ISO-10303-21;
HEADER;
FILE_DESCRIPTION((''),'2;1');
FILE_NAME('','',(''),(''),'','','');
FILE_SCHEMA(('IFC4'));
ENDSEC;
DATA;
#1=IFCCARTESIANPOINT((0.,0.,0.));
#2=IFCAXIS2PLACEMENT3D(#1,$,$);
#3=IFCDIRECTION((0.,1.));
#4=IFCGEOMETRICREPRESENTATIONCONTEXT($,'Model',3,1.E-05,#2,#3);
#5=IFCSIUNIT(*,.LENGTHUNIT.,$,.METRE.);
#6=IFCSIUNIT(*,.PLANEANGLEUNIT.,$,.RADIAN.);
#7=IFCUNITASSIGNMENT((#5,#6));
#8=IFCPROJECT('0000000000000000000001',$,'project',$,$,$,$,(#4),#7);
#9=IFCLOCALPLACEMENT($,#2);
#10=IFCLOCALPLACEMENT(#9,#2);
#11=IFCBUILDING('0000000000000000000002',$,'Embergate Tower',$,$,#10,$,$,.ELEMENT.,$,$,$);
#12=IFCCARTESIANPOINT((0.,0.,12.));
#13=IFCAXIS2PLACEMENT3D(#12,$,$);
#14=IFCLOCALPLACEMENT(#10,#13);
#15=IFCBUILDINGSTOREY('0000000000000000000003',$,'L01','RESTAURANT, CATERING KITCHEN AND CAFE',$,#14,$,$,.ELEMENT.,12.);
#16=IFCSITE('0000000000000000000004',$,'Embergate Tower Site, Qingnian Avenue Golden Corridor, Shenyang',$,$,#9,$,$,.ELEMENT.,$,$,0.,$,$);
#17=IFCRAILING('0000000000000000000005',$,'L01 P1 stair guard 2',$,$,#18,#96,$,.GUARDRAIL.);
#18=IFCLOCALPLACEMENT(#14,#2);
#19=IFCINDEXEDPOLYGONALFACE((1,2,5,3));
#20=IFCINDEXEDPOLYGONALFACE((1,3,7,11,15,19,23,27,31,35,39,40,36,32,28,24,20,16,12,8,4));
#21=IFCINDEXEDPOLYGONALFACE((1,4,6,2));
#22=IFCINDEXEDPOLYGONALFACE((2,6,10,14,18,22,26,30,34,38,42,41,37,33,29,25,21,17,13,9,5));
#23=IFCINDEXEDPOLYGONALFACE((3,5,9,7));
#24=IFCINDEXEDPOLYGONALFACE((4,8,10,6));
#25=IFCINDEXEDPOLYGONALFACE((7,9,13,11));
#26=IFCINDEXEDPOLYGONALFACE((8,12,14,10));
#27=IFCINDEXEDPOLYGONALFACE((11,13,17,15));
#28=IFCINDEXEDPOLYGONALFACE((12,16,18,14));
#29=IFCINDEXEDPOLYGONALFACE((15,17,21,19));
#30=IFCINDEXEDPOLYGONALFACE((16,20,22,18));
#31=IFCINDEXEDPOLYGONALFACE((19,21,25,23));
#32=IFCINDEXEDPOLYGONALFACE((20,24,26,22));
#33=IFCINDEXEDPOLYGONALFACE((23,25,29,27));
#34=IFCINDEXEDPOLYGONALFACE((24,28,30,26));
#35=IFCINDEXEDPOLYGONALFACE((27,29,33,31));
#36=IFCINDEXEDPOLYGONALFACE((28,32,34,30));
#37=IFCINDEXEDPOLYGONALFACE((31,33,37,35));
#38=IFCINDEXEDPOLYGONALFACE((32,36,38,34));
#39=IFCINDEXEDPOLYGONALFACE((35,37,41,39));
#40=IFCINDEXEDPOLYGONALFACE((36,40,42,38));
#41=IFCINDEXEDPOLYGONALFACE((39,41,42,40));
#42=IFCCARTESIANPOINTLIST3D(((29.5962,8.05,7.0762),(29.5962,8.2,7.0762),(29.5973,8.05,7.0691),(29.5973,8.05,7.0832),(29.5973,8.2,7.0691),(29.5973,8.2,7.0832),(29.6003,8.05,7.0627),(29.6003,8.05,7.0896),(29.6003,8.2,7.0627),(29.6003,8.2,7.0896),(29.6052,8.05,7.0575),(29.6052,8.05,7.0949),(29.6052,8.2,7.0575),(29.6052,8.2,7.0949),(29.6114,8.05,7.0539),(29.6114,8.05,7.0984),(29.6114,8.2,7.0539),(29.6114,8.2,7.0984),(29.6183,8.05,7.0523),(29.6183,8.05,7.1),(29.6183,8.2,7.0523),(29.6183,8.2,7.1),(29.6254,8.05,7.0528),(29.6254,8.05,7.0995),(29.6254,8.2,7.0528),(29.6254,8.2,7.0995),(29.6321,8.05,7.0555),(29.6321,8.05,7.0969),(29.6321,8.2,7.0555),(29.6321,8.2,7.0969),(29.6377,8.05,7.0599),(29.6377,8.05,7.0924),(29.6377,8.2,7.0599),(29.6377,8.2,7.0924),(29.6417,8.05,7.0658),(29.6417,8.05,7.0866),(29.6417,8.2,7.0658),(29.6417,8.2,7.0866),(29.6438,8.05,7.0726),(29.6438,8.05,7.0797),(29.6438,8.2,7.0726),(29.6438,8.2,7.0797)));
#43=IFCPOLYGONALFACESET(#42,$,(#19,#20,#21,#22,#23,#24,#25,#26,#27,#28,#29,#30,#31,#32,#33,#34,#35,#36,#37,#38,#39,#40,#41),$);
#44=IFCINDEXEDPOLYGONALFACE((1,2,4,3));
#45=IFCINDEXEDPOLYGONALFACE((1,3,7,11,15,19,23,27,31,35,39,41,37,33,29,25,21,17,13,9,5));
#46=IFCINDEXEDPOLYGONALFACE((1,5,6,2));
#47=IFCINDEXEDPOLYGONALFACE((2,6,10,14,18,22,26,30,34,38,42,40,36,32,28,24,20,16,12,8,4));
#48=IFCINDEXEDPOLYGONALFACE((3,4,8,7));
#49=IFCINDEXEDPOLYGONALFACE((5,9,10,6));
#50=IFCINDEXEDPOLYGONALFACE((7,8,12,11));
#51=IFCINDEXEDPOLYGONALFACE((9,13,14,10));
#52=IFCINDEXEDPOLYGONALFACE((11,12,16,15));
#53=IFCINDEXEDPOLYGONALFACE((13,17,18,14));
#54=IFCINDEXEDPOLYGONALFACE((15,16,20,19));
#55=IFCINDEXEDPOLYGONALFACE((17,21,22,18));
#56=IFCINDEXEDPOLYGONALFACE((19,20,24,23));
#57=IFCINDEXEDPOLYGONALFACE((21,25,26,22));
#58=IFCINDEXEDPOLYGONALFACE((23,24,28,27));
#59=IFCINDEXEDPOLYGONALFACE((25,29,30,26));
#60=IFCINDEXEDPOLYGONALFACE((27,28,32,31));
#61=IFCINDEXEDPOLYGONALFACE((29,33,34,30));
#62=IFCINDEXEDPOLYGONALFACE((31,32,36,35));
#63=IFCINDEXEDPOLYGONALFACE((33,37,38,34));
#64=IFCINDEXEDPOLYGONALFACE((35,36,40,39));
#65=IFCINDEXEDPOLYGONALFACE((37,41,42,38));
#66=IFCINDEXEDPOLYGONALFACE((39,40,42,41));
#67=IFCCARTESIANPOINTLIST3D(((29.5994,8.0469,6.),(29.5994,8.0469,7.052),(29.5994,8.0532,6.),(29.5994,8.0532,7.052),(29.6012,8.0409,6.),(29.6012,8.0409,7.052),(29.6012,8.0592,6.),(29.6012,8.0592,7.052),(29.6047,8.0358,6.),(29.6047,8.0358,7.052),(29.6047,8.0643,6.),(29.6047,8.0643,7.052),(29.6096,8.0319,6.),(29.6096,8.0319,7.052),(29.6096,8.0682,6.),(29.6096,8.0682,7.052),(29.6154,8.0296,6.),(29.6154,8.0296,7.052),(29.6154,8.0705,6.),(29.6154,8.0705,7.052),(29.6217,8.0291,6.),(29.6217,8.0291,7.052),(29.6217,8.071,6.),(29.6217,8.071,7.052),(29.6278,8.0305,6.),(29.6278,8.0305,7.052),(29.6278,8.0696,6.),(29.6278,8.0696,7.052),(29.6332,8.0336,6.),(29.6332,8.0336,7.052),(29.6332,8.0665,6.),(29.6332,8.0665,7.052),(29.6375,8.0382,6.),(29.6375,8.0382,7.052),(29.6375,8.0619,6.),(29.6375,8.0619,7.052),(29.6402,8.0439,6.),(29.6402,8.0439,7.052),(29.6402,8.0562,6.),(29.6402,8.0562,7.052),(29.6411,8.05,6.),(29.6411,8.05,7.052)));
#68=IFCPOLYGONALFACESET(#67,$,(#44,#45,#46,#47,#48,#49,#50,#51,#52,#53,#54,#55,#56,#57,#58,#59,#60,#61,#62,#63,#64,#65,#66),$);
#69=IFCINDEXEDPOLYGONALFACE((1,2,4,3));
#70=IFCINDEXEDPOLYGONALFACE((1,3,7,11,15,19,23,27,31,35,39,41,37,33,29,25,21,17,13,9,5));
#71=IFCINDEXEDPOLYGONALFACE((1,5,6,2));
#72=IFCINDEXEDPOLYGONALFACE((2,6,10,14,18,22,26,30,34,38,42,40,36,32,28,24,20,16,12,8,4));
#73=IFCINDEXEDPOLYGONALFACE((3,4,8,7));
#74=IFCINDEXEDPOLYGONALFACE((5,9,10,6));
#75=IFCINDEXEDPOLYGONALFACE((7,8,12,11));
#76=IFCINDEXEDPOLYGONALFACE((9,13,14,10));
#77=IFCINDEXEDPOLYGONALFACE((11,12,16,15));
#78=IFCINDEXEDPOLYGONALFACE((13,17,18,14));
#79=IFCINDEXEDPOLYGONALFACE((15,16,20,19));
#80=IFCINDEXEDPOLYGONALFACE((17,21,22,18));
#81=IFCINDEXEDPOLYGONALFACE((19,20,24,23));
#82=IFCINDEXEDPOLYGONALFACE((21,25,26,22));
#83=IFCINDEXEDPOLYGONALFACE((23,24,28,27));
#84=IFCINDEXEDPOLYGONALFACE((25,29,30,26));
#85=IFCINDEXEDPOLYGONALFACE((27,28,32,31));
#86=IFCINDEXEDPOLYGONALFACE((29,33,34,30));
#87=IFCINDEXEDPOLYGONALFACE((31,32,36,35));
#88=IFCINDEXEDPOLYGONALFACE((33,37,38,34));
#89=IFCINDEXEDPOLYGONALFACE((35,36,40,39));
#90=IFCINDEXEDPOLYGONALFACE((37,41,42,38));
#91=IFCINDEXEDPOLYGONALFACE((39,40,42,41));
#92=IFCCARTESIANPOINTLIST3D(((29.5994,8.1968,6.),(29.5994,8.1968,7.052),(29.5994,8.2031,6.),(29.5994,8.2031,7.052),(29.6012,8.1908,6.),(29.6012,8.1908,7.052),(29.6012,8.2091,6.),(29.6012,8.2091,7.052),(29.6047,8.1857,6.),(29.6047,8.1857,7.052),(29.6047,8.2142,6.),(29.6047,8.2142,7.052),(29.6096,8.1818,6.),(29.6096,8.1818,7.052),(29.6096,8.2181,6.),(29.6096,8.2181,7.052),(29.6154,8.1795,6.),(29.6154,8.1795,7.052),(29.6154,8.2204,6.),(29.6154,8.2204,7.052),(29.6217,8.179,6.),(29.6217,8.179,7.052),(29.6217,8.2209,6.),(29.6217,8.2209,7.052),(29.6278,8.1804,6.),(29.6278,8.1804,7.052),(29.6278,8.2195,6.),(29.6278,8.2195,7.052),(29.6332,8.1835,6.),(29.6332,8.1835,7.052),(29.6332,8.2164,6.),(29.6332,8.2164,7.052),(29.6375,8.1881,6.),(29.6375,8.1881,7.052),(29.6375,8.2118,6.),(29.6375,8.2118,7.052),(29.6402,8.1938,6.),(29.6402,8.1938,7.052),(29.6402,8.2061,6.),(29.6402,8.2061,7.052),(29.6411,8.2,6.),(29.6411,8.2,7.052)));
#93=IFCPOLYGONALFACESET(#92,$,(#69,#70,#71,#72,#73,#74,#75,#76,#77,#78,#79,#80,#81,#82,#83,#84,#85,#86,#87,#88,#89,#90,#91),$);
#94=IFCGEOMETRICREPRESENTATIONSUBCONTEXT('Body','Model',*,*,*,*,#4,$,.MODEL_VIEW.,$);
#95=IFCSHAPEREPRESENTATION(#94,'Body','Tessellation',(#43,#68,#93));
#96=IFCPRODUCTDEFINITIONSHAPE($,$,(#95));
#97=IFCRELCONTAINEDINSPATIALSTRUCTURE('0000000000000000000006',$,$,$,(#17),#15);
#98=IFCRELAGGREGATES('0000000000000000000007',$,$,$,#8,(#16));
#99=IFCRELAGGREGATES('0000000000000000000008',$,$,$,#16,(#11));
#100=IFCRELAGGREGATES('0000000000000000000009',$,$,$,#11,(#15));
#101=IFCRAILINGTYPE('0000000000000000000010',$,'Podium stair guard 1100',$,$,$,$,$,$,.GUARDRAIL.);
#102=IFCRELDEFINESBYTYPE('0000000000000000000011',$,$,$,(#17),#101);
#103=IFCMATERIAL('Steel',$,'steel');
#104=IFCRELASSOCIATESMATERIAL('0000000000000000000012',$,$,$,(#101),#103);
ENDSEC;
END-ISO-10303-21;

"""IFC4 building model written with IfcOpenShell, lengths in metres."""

from ifc_helpers import new_model, si_unit, direction, frame, origin, origin_2d, place, context, subcontext, project, spatial, circle, extrude, source, transform, mapped, material, type_object, element, save


model = new_model("IFC4")

# Units and contexts
model_context = context("Model", 3, precision=1e-05, world=origin(), true_north=direction((0.0, 1.0)))
body_context = subcontext(model_context, "Body", "Model", "MODEL_VIEW")
ifc_project = project(units=[si_unit("LENGTHUNIT", "METRE"), si_unit("PLANEANGLEUNIT", "RADIAN")], contexts=[model_context])

# Site, building, storey
site_placement = place(None, origin())
site = spatial("IfcSite", under=ifc_project, at=site_placement, Name="Embergate Tower Site, Qingnian Avenue Golden Corridor, Shenyang", CompositionType="ELEMENT", RefElevation=0.0)
building_placement = place(site_placement, origin())
building = spatial("IfcBuilding", under=site, at=building_placement, Name="Embergate Tower", CompositionType="ELEMENT")
storey_placement = place(building_placement, frame((0.0, 0.0, 12.0)))
storey = spatial("IfcBuildingStorey", under=building, at=storey_placement, Name="L01", Description="RESTAURANT, CATERING KITCHEN AND CAFE", CompositionType="ELEMENT", Elevation=12.0)

# Railing
ifc_material_1 = material(Name="Steel", Category="steel")
railing_type_1 = type_object("IfcRailingType", Name="Podium stair guard 1100", PredefinedType="GUARDRAIL", material=ifc_material_1)
shared_shape_1 = source(origin(), body_context, "Body", "SweptSolid", [
    extrude(circle(Radius=0.0239, at=origin_2d()), frame((0.0, 0.0, 1.0762), z_axis=(0.0, 1.0, 0.0), x_axis=(-1.0, 0.0, 0.0)), (0.0, 0.0, 1.0), 0.1499),
    extrude(circle(Radius=0.021, at=origin_2d()), origin(), (0.0, 0.0, 1.0), 1.052),
    extrude(circle(Radius=0.021, at=origin_2d()), frame((0.0, 0.1499, 0.0)), (0.0, 0.0, 1.0), 1.052),
])
railing_1_placement = place(storey_placement, frame((29.6201, 8.05, 6.0)))
element("IfcRailing", 1, at=railing_1_placement, inside=storey, type_object=railing_type_1, Name="L01 P1 stair guard 2", PredefinedType="GUARDRAIL", context=body_context, shape_type="MappedRepresentation", body=[
    mapped(shared_shape_1, transform((0.0, 0.0, 0.0))),
])

save(model, "model.ifc")
